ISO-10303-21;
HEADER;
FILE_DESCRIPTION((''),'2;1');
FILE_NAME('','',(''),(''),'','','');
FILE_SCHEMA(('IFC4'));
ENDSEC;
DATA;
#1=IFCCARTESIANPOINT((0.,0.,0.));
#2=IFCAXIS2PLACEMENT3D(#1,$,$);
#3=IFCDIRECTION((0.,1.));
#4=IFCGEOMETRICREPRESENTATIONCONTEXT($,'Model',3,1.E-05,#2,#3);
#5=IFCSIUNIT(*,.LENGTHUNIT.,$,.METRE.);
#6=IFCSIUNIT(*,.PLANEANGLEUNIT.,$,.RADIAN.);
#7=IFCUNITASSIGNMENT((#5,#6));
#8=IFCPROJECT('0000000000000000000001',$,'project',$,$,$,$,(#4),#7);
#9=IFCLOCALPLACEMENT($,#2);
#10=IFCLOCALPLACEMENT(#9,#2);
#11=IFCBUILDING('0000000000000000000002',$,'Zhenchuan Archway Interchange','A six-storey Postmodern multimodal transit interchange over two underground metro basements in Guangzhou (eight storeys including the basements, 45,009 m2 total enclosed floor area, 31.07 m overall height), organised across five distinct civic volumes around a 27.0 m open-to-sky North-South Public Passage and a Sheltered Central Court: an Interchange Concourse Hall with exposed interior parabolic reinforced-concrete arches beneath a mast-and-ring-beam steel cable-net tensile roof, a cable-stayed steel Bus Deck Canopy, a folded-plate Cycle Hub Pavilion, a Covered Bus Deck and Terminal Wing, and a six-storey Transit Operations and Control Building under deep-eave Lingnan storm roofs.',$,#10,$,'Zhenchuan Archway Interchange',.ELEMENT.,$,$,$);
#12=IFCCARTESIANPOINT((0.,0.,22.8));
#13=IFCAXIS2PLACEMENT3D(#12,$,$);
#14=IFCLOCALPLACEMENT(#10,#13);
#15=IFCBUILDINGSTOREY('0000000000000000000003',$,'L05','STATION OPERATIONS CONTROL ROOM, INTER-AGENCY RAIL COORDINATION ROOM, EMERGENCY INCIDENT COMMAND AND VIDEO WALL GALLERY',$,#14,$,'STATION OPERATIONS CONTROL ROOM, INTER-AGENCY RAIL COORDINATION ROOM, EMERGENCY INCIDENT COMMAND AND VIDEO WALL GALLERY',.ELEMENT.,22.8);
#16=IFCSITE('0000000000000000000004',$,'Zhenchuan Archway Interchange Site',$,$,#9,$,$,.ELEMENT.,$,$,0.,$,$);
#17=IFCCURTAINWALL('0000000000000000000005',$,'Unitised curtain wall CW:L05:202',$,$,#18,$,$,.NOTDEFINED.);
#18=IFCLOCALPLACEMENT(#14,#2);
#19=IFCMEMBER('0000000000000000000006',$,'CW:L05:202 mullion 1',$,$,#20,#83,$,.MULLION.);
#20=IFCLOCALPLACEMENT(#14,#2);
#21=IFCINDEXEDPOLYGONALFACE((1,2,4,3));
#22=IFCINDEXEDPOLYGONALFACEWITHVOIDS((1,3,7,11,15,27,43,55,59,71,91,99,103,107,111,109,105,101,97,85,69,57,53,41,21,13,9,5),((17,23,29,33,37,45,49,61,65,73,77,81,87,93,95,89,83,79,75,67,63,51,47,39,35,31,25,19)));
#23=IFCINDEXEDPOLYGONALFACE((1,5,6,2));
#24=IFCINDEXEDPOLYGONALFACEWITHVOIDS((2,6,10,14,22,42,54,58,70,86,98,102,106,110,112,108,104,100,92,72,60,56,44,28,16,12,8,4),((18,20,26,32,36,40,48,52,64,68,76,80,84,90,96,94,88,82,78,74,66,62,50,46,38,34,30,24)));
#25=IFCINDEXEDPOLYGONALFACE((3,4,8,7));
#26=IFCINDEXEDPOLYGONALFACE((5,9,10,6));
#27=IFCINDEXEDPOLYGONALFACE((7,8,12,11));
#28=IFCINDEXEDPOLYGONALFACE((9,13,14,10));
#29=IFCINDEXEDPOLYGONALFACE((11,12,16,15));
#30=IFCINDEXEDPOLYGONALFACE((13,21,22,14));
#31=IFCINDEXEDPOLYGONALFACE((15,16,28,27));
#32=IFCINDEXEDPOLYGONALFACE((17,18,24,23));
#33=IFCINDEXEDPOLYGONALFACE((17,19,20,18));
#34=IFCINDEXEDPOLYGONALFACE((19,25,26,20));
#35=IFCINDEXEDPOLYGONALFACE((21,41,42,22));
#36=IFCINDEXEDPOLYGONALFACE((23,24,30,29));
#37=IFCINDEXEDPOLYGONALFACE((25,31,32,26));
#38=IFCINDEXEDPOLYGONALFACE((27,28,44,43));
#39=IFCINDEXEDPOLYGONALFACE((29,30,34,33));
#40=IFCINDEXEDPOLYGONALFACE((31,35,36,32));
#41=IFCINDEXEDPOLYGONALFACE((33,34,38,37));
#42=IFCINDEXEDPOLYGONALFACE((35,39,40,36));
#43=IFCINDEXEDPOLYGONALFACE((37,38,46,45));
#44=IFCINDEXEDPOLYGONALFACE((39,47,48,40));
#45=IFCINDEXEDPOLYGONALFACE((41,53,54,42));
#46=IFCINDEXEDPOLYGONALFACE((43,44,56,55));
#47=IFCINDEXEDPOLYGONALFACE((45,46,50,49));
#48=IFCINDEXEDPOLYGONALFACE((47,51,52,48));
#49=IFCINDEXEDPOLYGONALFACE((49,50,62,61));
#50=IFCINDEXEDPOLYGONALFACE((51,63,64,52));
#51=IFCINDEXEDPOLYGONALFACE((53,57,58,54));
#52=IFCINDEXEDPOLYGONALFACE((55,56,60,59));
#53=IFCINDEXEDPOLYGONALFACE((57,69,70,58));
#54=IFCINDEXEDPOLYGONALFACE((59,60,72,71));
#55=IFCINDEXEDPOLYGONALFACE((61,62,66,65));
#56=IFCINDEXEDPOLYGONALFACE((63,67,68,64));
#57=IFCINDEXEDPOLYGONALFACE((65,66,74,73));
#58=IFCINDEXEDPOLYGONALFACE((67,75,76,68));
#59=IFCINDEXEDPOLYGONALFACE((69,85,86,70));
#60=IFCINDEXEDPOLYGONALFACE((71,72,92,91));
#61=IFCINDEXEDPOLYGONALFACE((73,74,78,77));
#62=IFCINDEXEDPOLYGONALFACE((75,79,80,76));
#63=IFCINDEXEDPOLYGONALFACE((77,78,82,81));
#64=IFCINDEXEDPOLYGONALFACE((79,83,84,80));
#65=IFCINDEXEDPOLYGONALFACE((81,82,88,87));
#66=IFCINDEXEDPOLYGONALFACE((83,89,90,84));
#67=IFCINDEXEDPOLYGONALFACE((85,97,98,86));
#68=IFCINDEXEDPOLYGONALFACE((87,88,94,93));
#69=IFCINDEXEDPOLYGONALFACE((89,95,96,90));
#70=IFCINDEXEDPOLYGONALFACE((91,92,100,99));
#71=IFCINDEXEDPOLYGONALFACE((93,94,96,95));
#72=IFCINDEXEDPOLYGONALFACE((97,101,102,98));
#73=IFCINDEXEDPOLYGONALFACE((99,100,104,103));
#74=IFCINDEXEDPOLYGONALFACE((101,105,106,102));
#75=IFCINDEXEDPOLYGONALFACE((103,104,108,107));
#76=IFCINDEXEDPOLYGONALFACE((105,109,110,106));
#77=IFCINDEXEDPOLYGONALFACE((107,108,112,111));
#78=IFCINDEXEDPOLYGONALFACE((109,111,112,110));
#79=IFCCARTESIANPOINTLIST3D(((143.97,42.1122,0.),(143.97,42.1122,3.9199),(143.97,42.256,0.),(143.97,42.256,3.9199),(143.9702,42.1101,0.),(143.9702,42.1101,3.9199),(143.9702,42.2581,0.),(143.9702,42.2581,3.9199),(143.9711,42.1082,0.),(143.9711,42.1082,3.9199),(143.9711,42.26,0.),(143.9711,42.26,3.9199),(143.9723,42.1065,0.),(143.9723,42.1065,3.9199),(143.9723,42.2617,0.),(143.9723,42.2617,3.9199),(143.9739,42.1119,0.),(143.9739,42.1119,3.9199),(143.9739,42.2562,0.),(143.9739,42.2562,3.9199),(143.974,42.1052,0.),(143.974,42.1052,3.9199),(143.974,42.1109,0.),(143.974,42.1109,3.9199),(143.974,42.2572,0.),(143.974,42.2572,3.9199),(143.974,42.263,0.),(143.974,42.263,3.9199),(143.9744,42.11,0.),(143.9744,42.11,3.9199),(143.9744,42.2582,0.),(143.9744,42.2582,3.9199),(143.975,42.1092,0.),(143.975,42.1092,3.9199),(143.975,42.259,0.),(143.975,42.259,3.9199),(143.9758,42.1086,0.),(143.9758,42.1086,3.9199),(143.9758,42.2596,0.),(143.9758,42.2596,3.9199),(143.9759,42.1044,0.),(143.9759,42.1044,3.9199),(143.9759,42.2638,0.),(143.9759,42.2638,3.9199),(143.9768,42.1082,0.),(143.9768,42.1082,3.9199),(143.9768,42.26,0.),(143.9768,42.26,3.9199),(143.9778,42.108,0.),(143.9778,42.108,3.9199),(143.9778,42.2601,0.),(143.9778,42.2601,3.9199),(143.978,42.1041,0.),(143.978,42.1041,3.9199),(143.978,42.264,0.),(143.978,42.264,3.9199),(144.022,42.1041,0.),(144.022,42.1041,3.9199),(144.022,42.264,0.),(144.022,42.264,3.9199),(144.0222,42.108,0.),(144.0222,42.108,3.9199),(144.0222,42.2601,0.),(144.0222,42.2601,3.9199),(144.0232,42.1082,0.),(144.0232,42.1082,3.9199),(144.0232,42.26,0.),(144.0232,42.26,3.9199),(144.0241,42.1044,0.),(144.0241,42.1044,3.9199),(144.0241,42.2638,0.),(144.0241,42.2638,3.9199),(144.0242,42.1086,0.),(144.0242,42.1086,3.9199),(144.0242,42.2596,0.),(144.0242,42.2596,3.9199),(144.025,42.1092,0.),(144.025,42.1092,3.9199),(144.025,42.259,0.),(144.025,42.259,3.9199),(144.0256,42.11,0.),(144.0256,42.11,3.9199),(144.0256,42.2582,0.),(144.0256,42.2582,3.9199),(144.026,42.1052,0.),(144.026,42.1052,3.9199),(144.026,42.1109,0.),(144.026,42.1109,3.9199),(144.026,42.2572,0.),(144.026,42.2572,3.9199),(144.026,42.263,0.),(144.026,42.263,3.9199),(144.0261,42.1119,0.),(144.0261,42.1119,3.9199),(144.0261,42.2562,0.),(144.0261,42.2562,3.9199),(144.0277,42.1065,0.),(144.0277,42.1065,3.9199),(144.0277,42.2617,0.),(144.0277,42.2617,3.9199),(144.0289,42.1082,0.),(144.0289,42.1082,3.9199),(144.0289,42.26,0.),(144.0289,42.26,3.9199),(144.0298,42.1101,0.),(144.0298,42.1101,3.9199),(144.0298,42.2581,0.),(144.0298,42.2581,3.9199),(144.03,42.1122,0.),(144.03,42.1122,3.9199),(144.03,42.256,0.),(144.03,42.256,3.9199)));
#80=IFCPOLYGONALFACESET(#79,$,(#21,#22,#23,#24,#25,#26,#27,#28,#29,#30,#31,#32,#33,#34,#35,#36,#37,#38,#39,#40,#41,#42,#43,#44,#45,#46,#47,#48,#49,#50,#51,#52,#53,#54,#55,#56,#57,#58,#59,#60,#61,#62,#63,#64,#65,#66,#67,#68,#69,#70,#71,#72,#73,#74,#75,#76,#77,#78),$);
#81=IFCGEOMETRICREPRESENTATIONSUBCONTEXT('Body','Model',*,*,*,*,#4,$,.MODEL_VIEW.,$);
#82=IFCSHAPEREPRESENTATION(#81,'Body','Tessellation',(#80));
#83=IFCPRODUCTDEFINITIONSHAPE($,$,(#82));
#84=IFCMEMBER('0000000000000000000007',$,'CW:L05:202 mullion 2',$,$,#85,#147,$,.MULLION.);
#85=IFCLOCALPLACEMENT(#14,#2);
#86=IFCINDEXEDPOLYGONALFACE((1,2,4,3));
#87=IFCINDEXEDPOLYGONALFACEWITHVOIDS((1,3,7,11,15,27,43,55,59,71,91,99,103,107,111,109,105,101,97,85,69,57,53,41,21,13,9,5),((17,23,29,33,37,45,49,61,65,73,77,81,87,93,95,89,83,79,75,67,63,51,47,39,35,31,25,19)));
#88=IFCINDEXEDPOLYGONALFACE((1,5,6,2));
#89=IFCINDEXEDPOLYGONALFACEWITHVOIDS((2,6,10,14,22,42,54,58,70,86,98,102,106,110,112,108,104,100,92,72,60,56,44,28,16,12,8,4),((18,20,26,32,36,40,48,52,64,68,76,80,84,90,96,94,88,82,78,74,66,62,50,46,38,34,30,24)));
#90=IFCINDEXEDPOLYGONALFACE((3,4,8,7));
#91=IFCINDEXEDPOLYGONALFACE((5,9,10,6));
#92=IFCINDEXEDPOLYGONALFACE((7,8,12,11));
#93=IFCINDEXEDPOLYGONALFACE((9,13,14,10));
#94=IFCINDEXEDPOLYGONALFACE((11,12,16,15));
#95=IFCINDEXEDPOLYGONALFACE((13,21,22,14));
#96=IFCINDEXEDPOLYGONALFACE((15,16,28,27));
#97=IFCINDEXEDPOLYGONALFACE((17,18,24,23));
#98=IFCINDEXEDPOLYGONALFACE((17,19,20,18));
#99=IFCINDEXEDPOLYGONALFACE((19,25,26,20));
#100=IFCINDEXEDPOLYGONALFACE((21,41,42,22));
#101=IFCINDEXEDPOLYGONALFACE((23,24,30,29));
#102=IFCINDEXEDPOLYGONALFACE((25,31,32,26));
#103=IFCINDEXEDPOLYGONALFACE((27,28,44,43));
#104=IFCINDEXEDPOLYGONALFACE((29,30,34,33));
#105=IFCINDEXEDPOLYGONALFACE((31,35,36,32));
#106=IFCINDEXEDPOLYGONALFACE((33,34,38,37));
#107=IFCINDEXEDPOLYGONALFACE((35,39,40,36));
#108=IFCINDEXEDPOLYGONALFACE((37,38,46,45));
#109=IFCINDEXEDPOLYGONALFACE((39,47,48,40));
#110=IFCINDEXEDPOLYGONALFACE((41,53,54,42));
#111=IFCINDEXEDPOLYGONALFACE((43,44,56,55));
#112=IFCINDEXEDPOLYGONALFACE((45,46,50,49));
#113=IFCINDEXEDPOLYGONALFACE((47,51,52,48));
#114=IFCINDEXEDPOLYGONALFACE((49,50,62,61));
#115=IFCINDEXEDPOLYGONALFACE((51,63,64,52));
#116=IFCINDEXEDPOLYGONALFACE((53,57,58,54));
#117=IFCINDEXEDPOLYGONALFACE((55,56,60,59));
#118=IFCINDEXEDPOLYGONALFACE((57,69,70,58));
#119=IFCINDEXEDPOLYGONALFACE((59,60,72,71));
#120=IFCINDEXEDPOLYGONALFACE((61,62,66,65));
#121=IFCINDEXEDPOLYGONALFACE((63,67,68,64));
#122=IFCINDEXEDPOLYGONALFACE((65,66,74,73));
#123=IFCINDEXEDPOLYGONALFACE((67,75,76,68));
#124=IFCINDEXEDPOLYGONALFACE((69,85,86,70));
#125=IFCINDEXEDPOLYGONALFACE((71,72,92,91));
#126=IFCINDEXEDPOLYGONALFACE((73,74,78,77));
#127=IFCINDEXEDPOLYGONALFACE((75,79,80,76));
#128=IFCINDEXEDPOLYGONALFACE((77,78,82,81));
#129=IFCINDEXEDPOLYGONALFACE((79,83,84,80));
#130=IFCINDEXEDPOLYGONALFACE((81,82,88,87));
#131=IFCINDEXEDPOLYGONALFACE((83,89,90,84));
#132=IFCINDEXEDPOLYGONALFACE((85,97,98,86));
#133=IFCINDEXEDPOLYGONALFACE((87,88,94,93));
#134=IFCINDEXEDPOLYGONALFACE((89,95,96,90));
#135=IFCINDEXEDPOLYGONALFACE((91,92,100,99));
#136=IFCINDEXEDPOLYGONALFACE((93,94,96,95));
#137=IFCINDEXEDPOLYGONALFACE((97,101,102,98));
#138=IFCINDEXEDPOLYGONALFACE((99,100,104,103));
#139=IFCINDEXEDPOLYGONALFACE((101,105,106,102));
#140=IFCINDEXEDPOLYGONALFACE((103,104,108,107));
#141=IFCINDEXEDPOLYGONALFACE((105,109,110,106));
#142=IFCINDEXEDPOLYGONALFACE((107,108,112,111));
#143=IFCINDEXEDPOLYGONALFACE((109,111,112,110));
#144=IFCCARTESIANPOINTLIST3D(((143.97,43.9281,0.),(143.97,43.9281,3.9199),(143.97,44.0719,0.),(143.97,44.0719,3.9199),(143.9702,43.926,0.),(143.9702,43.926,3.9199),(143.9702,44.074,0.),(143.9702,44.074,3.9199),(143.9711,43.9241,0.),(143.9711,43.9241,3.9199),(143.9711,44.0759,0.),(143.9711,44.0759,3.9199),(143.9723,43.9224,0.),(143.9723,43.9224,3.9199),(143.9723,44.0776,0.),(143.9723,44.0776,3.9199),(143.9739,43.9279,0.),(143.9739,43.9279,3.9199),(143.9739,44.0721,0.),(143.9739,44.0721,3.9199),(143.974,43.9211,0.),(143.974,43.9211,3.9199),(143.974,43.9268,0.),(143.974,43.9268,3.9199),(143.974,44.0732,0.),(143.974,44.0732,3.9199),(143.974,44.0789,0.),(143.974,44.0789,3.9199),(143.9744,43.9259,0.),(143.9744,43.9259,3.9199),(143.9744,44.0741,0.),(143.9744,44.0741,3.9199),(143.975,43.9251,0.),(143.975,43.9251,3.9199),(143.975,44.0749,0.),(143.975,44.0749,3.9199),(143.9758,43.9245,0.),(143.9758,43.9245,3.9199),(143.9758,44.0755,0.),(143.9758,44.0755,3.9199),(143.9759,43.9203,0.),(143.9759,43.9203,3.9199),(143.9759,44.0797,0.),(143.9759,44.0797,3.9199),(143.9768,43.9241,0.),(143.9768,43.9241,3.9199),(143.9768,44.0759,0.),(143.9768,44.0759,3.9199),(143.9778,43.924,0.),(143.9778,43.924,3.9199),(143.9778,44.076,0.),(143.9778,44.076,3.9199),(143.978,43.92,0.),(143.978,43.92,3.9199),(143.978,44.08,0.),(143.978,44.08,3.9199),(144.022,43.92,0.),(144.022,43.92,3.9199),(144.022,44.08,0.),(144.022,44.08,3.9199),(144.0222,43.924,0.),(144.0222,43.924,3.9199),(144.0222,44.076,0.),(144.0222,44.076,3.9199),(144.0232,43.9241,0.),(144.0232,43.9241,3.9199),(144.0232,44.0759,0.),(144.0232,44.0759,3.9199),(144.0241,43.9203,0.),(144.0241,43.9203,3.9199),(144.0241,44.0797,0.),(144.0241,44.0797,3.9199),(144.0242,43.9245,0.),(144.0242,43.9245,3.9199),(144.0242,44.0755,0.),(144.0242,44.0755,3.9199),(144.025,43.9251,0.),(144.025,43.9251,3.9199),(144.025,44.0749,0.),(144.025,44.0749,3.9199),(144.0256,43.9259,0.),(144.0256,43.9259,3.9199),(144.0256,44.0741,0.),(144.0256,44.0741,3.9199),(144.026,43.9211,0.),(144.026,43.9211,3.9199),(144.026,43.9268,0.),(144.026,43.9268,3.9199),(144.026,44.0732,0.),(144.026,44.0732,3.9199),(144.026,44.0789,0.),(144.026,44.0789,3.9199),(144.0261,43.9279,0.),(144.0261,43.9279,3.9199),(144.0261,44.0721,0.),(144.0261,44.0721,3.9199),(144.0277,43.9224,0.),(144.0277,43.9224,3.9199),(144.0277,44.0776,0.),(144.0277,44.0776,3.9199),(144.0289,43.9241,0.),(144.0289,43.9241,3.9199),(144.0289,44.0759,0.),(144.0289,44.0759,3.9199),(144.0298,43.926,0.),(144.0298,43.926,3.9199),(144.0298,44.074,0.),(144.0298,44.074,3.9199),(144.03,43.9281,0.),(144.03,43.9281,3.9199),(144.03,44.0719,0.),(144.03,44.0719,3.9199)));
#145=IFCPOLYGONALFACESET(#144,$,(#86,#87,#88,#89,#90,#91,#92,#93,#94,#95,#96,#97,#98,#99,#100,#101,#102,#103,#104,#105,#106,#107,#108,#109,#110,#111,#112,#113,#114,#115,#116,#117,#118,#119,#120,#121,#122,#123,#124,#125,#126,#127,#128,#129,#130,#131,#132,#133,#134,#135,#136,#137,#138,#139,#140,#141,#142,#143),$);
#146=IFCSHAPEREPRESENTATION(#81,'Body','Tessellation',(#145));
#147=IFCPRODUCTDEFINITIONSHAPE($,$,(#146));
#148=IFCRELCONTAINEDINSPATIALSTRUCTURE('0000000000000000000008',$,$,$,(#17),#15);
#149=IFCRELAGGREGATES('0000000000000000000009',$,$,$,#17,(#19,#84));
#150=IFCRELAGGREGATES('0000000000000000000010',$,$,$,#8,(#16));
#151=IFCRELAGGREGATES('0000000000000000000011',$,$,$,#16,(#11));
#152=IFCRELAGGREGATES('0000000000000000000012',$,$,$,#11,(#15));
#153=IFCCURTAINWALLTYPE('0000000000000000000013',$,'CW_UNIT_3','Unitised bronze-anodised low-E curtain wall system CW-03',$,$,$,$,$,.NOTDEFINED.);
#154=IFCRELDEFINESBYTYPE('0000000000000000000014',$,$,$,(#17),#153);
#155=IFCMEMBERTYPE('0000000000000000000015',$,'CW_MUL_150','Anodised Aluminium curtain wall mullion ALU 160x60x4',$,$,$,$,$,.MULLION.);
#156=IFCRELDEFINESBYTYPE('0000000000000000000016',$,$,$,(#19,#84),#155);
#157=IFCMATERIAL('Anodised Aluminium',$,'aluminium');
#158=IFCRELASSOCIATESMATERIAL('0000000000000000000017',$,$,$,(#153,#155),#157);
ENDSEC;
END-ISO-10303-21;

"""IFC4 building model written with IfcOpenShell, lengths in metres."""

from ifc_helpers import new_model, si_unit, direction, frame, origin, origin_2d, place, context, subcontext, project, spatial, hollow_rectangle, extrude, material, material_profile, profile_set, type_object, element, aggregate, save


model = new_model("IFC4")

# Units and contexts
model_context = context("Model", 3, precision=1e-05, world=origin(), true_north=direction((0.0, 1.0)))
body_context = subcontext(model_context, "Body", "Model", "MODEL_VIEW")
ifc_project = project(units=[si_unit("LENGTHUNIT", "METRE"), si_unit("PLANEANGLEUNIT", "RADIAN")], contexts=[model_context])

# Site, building, storey
site_placement = place(None, origin())
site = spatial("IfcSite", under=ifc_project, at=site_placement, Name="Zhenchuan Archway Interchange Site", CompositionType="ELEMENT", RefElevation=0.0)
building_placement = place(site_placement, origin())
building = spatial("IfcBuilding", under=site, at=building_placement, Name="Zhenchuan Archway Interchange", Description="A six-storey Postmodern multimodal transit interchange over two underground metro basements in Guangzhou (eight storeys including the basements, 45,009 m2 total enclosed floor area, 31.07 m overall height), organised across five distinct civic volumes around a 27.0 m open-to-sky North-South Public Passage and a Sheltered Central Court: an Interchange Concourse Hall with exposed interior parabolic reinforced-concrete arches beneath a mast-and-ring-beam steel cable-net tensile roof, a cable-stayed steel Bus Deck Canopy, a folded-plate Cycle Hub Pavilion, a Covered Bus Deck and Terminal Wing, and a six-storey Transit Operations and Control Building under deep-eave Lingnan storm roofs.", LongName="Zhenchuan Archway Interchange", CompositionType="ELEMENT")
storey_placement = place(building_placement, frame((0.0, 0.0, 22.8)))
storey = spatial("IfcBuildingStorey", under=building, at=storey_placement, Name="L05", Description="STATION OPERATIONS CONTROL ROOM, INTER-AGENCY RAIL COORDINATION ROOM, EMERGENCY INCIDENT COMMAND AND VIDEO WALL GALLERY", LongName="STATION OPERATIONS CONTROL ROOM, INTER-AGENCY RAIL COORDINATION ROOM, EMERGENCY INCIDENT COMMAND AND VIDEO WALL GALLERY", CompositionType="ELEMENT", Elevation=22.8)

# Curtain wall, members
ifc_material_1 = material(Name="Anodised Aluminium", Category="aluminium")
curtain_wall_type = type_object("IfcCurtainWallType", Name="CW_UNIT_3", Description="Unitised bronze-anodised low-E curtain wall system CW-03", PredefinedType="NOTDEFINED", material=ifc_material_1)
curtain_wall_placement = place(storey_placement, origin())
curtain_wall = element("IfcCurtainWall", 1, at=curtain_wall_placement, inside=storey, type_object=curtain_wall_type, Name="Unitised curtain wall CW:L05:202", PredefinedType="NOTDEFINED")
ifc_material_profile_1 = material_profile(ifc_material_1, hollow_rectangle(XDim=0.0601, YDim=0.1599, WallThickness=0.0039, InnerFilletRadius=0.0039, OuterFilletRadius=0.0081, at=origin_2d()), Name="ALU 160x60x4")
ifc_profile_set_1 = profile_set([ifc_material_profile_1], Name="Anodised Aluminium")
member_type_1 = type_object("IfcMemberType", Name="CW_MUL_150", Description="Anodised Aluminium curtain wall mullion ALU 160x60x4", PredefinedType="MULLION", material=ifc_profile_set_1)
member_1_placement = place(storey_placement, frame((144.0, 42.1841, 0.0), z_axis=(0.0, 0.0, 1.0), x_axis=(1.0, 0.0, 0.0)))
member_1 = element("IfcMember", 2, at=member_1_placement, type_object=member_type_1, Name="CW:L05:202 mullion 1", PredefinedType="MULLION", context=body_context, shape_type="SweptSolid", body=[
    extrude(hollow_rectangle(XDim=0.0601, YDim=0.1599, WallThickness=0.0039, InnerFilletRadius=0.0039, OuterFilletRadius=0.0081, at=origin_2d()), origin(), (0.0, 0.0, 1.0), 3.9199),
])
member_2_placement = place(storey_placement, frame((144.0, 44.0, 0.0), z_axis=(0.0, 0.0, 1.0), x_axis=(1.0, 0.0, 0.0)))
member_2 = element("IfcMember", 3, at=member_2_placement, type_object=member_type_1, Name="CW:L05:202 mullion 2", PredefinedType="MULLION", context=body_context, shape_type="SweptSolid", body=[
    extrude(hollow_rectangle(XDim=0.0601, YDim=0.1599, WallThickness=0.0039, InnerFilletRadius=0.0039, OuterFilletRadius=0.0081, at=origin_2d()), origin(), (0.0, 0.0, 1.0), 3.9199),
])
aggregate(curtain_wall, [member_1, member_2])

save(model, "model.ifc")
